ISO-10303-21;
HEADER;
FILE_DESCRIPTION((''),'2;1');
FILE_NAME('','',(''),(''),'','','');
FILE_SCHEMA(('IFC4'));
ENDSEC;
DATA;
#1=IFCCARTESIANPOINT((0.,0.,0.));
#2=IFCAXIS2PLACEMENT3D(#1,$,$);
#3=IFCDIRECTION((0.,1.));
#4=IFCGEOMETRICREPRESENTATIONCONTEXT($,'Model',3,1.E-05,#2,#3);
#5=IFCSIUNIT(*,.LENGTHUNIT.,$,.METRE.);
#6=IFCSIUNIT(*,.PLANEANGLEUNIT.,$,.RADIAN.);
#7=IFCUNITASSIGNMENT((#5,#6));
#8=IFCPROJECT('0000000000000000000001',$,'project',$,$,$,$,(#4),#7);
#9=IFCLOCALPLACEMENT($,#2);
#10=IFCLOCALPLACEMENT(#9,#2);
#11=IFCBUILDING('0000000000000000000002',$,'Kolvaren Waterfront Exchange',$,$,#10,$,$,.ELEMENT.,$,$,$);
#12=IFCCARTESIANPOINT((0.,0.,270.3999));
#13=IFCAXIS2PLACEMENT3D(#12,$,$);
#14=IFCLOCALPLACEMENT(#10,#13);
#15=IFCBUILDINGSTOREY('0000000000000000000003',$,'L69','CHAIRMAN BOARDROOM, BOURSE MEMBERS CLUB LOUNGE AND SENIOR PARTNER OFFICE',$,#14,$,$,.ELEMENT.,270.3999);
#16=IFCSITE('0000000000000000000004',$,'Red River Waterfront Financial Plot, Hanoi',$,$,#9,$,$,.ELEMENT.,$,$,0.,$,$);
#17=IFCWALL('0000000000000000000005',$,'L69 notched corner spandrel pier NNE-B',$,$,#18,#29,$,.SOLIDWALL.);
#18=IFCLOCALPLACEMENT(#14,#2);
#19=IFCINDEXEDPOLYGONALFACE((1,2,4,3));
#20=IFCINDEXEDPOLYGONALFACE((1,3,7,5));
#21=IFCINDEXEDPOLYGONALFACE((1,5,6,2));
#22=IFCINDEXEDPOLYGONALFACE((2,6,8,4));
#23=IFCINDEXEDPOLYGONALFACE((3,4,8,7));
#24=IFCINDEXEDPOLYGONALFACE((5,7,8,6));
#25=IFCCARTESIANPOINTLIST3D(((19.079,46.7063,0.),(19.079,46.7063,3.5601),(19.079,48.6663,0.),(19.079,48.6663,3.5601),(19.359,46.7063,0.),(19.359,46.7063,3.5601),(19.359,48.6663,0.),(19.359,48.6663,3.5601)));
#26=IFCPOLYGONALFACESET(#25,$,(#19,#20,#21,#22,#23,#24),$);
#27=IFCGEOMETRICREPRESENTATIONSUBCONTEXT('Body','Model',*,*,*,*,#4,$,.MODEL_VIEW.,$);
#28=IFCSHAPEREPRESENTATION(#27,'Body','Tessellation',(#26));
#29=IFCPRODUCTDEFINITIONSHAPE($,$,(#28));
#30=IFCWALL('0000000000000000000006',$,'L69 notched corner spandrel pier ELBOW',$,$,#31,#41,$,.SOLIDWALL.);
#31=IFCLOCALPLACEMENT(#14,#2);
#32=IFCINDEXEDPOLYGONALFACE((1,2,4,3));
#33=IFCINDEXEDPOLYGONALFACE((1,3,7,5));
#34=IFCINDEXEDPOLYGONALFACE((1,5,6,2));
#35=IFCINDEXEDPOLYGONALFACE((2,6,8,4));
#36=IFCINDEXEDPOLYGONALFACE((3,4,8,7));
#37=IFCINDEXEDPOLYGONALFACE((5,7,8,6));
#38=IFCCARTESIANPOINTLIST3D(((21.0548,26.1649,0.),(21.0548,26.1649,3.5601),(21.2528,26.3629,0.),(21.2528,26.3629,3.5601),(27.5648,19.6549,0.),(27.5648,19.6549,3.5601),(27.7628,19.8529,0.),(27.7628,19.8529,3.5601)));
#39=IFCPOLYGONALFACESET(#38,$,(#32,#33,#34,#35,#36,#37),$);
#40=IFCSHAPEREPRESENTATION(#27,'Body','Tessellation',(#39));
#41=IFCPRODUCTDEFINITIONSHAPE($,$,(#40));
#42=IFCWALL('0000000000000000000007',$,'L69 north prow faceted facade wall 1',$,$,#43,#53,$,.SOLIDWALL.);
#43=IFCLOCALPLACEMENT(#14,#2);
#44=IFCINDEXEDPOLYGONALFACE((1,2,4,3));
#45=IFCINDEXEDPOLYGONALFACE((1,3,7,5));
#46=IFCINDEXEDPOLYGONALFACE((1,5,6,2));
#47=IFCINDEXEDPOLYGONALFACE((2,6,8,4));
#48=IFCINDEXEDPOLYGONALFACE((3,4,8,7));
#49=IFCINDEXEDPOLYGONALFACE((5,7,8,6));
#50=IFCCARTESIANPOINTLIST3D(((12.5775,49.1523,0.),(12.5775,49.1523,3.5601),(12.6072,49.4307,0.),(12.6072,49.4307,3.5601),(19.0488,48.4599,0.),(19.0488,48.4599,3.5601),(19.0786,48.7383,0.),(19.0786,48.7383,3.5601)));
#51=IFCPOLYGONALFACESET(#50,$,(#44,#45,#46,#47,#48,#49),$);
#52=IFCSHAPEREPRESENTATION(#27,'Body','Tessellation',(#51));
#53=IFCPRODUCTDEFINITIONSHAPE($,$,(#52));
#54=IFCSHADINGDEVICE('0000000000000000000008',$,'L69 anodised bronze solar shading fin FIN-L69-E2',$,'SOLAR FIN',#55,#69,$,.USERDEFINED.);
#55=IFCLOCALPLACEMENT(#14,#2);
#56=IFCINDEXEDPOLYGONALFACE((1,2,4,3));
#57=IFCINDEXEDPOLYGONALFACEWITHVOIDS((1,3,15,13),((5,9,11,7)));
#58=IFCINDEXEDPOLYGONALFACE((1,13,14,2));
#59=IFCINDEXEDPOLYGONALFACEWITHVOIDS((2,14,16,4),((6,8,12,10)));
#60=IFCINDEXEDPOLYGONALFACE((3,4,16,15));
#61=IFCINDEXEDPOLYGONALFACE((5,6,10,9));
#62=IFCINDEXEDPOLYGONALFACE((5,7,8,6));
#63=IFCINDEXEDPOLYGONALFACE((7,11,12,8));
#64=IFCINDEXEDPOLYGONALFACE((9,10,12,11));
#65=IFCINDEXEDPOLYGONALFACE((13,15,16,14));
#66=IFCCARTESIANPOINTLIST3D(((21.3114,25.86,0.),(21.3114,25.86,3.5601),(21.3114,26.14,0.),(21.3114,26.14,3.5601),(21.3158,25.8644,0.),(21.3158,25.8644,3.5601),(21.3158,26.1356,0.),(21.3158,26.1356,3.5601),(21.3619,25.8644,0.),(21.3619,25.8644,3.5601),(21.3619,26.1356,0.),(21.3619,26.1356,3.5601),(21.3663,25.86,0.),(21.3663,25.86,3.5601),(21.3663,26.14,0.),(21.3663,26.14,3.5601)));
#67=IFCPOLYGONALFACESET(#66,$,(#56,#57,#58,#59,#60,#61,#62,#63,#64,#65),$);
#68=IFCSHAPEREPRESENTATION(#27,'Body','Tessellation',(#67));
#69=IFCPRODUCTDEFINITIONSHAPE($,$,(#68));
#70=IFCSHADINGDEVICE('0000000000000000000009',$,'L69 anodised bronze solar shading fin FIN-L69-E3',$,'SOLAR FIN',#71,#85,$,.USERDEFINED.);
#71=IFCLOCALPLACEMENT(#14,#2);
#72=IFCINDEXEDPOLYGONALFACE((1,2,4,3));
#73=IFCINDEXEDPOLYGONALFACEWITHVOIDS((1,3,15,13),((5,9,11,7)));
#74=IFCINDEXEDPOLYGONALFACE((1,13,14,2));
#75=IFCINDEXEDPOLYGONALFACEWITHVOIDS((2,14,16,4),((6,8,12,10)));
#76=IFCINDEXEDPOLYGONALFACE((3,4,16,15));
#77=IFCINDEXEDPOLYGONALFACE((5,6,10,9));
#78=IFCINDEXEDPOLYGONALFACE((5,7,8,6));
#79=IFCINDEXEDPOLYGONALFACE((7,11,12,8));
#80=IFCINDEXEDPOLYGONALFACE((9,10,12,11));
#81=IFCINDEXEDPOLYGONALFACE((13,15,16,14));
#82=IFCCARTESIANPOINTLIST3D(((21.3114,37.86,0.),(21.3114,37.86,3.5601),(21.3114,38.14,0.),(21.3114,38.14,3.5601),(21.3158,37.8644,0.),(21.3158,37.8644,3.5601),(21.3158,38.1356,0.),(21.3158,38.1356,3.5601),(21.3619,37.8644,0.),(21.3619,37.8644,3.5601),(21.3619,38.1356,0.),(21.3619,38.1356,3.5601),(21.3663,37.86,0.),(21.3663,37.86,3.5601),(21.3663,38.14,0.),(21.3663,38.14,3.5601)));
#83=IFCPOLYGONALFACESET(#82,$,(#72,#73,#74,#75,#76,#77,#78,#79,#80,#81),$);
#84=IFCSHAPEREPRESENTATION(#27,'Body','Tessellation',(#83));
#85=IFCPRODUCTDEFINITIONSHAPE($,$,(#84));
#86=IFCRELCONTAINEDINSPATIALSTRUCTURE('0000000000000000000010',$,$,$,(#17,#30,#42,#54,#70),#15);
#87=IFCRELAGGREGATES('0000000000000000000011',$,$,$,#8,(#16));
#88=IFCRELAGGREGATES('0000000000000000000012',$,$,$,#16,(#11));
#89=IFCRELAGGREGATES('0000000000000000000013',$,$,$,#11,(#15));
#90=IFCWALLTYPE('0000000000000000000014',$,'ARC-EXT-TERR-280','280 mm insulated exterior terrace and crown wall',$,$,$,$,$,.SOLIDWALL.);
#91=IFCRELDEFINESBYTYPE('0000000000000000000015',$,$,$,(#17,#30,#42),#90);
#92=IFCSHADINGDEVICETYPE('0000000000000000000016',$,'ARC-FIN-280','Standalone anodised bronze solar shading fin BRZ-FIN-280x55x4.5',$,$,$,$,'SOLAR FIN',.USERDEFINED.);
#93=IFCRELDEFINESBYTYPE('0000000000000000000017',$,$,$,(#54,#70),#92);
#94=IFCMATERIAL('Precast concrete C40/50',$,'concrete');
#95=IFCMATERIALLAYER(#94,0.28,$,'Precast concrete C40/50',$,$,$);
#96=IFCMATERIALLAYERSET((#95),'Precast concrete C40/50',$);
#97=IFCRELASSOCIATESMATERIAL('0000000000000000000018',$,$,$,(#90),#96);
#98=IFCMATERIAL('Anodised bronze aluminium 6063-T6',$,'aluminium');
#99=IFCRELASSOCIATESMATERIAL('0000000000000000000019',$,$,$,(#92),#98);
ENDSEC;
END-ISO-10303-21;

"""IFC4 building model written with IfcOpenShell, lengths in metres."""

from ifc_helpers import new_model, si_unit, direction, frame, frame_2d, origin, origin_2d, place, context, subcontext, project, spatial, rectangle, hollow_rectangle, extrude, material, layer, layer_set, material_profile, profile_set, type_object, element, save


model = new_model("IFC4")

# Units and contexts
model_context = context("Model", 3, precision=1e-05, world=origin(), true_north=direction((0.0, 1.0)))
body_context = subcontext(model_context, "Body", "Model", "MODEL_VIEW")
ifc_project = project(units=[si_unit("LENGTHUNIT", "METRE"), si_unit("PLANEANGLEUNIT", "RADIAN")], contexts=[model_context])

# Site, building, storey
site_placement = place(None, origin())
site = spatial("IfcSite", under=ifc_project, at=site_placement, Name="Red River Waterfront Financial Plot, Hanoi", CompositionType="ELEMENT", RefElevation=0.0)
building_placement = place(site_placement, origin())
building = spatial("IfcBuilding", under=site, at=building_placement, Name="Kolvaren Waterfront Exchange", CompositionType="ELEMENT")
storey_placement = place(building_placement, frame((0.0, 0.0, 270.3999)))
storey = spatial("IfcBuildingStorey", under=building, at=storey_placement, Name="L69", Description="CHAIRMAN BOARDROOM, BOURSE MEMBERS CLUB LOUNGE AND SENIOR PARTNER OFFICE", CompositionType="ELEMENT", Elevation=270.3999)

# Shared definitions
ifc_material_1 = material(Name="Anodised bronze aluminium 6063-T6", Category="aluminium")

# Walls
ifc_material_2 = material(Name="Precast concrete C40/50", Category="concrete")
ifc_layer_1 = layer(ifc_material_2, 0.28, Name="Precast concrete C40/50")
ifc_layer_set_1 = layer_set([ifc_layer_1], Name="Precast concrete C40/50")
wall_type = type_object("IfcWallType", Name="ARC-EXT-TERR-280", Description="280 mm insulated exterior terrace and crown wall", PredefinedType="SOLIDWALL", material=ifc_layer_set_1)
wall_1_placement = place(storey_placement, frame((19.219, 46.7063, 0.0), z_axis=(0.0, 0.0, 1.0), x_axis=(0.0, 1.0, 0.0)))
element("IfcWall", 1, at=wall_1_placement, inside=storey, type_object=wall_type, Name="L69 notched corner spandrel pier NNE-B", PredefinedType="SOLIDWALL", context=body_context, shape_type="SweptSolid", body=[
    extrude(rectangle(XDim=1.96, YDim=0.28, at=frame_2d((0.98, 0.0))), origin(), (0.0, 0.0, 1.0), 3.5601),
])
wall_2_placement = place(storey_placement, frame((27.6638, 19.7539, 0.0), z_axis=(0.0, 0.0, 1.0), x_axis=(-0.707107, 0.707107, 0.0)))
element("IfcWall", 2, at=wall_2_placement, inside=storey, type_object=wall_type, Name="L69 notched corner spandrel pier ELBOW", PredefinedType="SOLIDWALL", context=body_context, shape_type="SweptSolid", body=[
    extrude(rectangle(XDim=9.2065, YDim=0.28, at=frame_2d((4.6033, 0.0))), origin(), (0.0, 0.0, 1.0), 3.5601),
])
wall_3_placement = place(storey_placement, frame((19.0637, 48.5991, 0.0), z_axis=(0.0, 0.0, 1.0), x_axis=(-0.994325, 0.106383, 0.0)))
element("IfcWall", 3, at=wall_3_placement, inside=storey, type_object=wall_type, Name="L69 north prow faceted facade wall 1", PredefinedType="SOLIDWALL", context=body_context, shape_type="SweptSolid", body=[
    extrude(rectangle(XDim=6.5083, YDim=0.28, at=frame_2d((3.2542, 0.0))), origin(), (0.0, 0.0, 1.0), 3.5601),
])

# Shading devices
ifc_material_profile_1 = material_profile(ifc_material_1, hollow_rectangle(XDim=0.0549, YDim=0.28, WallThickness=0.0044, at=origin_2d()), Name="BRZ-FIN-280x55x4.5")
ifc_profile_set_1 = profile_set([ifc_material_profile_1], Name="Anodised bronze aluminium 6063-T6")
shading_device_type = type_object("IfcShadingDeviceType", Name="ARC-FIN-280", Description="Standalone anodised bronze solar shading fin BRZ-FIN-280x55x4.5", ElementType="SOLAR FIN", PredefinedType="USERDEFINED", material=ifc_profile_set_1)
for number, where, z_axis, x_axis, name in (
    (4, (21.3389, 26.0, 0.0), (0.0, 0.0, 1.0), (1.0, 0.0, 0.0), "L69 anodised bronze solar shading fin FIN-L69-E2"),
    (5, (21.3389, 38.0, 0.0), (0.0, 0.0, 1.0), (1.0, 0.0, 0.0), "L69 anodised bronze solar shading fin FIN-L69-E3"),
):
    element("IfcShadingDevice", number, at=place(storey_placement, frame(where, z_axis=z_axis, x_axis=x_axis)), inside=storey, type_object=shading_device_type, Name=name, ObjectType="SOLAR FIN", PredefinedType="USERDEFINED", context=body_context, shape_type="SweptSolid", body=[
        extrude(hollow_rectangle(XDim=0.0549, YDim=0.28, WallThickness=0.0044, at=origin_2d()), origin(), (0.0, 0.0, 1.0), 3.5601),
    ])

save(model, "model.ifc")
